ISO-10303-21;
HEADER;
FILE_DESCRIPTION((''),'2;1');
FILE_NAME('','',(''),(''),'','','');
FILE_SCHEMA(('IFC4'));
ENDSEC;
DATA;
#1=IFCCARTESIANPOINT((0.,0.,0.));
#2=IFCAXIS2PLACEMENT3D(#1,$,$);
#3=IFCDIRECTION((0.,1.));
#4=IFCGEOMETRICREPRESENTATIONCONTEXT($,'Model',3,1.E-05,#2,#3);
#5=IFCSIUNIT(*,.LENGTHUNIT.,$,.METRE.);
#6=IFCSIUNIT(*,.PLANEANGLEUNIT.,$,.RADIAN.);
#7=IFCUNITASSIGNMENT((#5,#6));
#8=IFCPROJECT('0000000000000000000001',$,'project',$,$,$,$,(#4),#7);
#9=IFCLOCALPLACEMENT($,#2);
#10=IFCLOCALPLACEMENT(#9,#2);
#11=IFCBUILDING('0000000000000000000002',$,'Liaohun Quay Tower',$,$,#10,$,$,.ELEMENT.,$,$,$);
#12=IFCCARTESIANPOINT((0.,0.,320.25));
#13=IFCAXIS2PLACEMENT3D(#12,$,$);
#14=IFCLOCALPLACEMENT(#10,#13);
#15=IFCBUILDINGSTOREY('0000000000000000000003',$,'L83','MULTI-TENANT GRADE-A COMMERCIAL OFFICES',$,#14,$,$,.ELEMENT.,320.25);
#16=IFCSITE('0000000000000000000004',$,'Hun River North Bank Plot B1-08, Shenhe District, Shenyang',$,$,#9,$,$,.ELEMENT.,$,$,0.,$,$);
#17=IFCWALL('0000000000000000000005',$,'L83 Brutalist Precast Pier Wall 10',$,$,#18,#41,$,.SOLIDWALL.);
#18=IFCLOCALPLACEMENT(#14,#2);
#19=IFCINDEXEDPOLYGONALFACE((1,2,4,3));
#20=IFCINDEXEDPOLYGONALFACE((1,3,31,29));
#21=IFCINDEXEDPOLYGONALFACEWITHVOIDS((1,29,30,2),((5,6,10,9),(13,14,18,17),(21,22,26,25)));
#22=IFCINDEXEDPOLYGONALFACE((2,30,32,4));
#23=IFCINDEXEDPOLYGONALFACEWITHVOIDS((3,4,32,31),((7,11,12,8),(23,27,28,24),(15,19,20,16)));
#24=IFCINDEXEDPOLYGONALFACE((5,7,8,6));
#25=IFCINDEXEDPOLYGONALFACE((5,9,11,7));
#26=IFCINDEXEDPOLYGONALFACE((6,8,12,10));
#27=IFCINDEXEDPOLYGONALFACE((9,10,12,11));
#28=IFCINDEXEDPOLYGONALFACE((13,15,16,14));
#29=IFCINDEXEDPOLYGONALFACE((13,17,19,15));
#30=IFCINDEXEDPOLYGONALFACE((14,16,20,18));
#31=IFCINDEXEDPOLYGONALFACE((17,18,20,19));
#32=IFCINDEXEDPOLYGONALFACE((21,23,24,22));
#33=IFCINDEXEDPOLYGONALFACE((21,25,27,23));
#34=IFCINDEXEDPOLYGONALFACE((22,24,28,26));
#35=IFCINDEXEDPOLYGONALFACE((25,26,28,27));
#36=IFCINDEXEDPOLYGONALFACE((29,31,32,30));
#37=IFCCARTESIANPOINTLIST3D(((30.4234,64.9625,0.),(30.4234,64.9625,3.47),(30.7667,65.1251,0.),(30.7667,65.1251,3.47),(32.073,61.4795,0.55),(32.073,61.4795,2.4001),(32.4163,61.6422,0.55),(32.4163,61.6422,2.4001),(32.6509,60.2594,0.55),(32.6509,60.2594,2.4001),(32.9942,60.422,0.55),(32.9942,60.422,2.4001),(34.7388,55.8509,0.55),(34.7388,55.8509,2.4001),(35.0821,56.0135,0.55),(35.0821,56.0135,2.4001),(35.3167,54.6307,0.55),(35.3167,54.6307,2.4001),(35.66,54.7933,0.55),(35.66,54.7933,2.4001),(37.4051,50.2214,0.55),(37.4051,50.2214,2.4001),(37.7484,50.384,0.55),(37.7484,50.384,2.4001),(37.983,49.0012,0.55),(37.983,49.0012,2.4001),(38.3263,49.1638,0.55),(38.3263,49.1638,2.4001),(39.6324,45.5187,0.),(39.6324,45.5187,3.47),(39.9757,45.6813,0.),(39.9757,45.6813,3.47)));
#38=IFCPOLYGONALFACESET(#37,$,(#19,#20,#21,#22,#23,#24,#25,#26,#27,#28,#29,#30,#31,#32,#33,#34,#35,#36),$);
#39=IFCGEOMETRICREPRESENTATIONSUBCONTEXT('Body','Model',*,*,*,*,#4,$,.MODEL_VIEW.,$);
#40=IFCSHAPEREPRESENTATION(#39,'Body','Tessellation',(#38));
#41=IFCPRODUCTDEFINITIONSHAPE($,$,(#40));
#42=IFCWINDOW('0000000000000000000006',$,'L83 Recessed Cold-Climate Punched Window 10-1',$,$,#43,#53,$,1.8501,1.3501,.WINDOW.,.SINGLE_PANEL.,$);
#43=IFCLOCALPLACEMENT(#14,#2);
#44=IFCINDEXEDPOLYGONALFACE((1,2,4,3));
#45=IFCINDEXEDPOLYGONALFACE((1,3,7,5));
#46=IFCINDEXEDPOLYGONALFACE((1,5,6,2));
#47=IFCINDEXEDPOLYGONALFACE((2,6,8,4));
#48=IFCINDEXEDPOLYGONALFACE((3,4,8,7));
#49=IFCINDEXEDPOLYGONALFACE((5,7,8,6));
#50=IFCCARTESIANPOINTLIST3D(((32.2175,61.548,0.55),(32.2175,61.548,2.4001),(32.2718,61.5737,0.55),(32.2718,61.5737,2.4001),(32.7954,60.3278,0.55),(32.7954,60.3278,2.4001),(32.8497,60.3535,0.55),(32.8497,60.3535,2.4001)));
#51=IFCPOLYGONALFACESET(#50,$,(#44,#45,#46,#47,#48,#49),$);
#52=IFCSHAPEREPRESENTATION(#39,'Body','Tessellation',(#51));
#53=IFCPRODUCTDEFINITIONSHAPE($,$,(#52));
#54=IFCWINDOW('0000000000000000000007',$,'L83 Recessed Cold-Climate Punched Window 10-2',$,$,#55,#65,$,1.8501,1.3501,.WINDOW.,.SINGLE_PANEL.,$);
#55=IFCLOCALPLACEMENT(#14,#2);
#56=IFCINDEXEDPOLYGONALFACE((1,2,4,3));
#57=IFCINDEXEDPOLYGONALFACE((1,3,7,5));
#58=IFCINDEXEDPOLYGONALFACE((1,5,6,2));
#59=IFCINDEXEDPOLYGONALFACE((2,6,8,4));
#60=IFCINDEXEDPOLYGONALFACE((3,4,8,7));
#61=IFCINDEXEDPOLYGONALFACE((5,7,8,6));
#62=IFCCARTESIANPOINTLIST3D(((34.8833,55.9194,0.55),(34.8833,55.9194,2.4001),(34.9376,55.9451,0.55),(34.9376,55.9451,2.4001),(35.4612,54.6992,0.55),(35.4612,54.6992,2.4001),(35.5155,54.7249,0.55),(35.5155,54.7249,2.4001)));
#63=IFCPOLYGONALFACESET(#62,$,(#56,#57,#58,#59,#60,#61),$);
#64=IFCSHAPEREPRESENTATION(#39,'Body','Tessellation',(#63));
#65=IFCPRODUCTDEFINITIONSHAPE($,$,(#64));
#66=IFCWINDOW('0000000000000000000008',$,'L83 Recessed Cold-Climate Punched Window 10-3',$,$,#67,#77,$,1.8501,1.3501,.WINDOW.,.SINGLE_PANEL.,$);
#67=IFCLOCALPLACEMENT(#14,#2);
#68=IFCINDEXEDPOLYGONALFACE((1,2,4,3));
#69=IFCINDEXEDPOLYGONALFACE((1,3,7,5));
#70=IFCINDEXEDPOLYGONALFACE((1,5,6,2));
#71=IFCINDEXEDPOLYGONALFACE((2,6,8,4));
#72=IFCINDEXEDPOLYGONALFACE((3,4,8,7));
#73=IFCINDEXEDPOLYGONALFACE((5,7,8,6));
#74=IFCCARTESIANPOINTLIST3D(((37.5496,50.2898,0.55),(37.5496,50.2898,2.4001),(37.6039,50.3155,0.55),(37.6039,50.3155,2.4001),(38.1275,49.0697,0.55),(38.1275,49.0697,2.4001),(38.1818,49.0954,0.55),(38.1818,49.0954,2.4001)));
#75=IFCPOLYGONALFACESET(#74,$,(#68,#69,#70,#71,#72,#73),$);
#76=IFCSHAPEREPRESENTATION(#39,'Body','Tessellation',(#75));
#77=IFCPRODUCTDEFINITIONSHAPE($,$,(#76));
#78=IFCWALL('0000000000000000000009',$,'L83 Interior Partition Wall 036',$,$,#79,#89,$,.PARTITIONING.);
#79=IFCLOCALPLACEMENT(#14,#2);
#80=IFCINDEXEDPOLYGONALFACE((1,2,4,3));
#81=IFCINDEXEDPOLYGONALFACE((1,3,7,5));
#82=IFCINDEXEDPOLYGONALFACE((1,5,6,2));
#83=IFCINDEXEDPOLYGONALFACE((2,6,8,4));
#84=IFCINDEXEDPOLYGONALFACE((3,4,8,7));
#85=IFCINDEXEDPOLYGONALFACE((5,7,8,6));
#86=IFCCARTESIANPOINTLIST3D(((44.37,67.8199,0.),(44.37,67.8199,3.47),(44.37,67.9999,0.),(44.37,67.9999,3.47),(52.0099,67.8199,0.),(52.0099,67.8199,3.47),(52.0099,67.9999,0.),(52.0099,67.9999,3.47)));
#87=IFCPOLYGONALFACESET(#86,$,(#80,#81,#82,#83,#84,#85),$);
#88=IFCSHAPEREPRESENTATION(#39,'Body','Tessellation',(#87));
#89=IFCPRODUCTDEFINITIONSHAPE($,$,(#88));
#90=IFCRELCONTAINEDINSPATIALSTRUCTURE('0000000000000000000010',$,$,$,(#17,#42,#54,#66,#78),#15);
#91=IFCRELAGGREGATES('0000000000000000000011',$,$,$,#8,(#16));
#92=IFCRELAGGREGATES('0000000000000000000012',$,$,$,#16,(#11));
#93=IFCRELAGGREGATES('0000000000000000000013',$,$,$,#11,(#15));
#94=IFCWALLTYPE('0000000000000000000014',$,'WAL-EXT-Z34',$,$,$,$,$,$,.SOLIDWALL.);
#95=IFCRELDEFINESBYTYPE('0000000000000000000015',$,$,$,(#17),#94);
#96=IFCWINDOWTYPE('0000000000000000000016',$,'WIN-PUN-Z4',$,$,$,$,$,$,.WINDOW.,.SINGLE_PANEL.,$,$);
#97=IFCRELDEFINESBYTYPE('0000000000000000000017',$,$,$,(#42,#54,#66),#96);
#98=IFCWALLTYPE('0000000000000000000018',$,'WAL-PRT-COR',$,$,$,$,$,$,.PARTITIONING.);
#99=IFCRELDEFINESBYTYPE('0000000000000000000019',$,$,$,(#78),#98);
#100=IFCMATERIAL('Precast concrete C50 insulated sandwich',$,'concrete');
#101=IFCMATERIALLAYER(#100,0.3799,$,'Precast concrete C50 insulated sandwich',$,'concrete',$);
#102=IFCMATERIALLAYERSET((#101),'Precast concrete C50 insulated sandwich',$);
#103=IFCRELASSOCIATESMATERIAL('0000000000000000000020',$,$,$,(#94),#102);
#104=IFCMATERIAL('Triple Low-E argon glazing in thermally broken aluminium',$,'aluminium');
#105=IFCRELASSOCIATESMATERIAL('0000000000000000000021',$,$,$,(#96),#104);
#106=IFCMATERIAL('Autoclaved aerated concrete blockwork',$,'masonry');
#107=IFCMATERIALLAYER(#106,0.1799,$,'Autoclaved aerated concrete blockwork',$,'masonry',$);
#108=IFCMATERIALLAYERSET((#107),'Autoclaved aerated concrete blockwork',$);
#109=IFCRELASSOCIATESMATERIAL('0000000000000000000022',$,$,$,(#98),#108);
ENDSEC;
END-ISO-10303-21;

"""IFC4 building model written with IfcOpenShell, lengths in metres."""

from ifc_helpers import new_model, si_unit, direction, frame, frame_2d, origin, place, context, subcontext, project, spatial, rectangle, extrude, source, transform, mapped, material, layer, layer_set, type_object, element, fill, save


model = new_model("IFC4")

# Units and contexts
model_context = context("Model", 3, precision=1e-05, world=origin(), true_north=direction((0.0, 1.0)))
body_context = subcontext(model_context, "Body", "Model", "MODEL_VIEW")
ifc_project = project(units=[si_unit("LENGTHUNIT", "METRE"), si_unit("PLANEANGLEUNIT", "RADIAN")], contexts=[model_context])

# Site, building, storey
site_placement = place(None, origin())
site = spatial("IfcSite", under=ifc_project, at=site_placement, Name="Hun River North Bank Plot B1-08, Shenhe District, Shenyang", CompositionType="ELEMENT", RefElevation=0.0)
building_placement = place(site_placement, origin())
building = spatial("IfcBuilding", under=site, at=building_placement, Name="Liaohun Quay Tower", CompositionType="ELEMENT")
storey_placement = place(building_placement, frame((0.0, 0.0, 320.25)))
storey = spatial("IfcBuildingStorey", under=building, at=storey_placement, Name="L83", Description="MULTI-TENANT GRADE-A COMMERCIAL OFFICES", CompositionType="ELEMENT", Elevation=320.25)

# Shared definitions
ifc_material_1 = material(Name="Precast concrete C50 insulated sandwich", Category="concrete")
ifc_layer_1 = layer(ifc_material_1, 0.3799, Name="Precast concrete C50 insulated sandwich", Category="concrete")
ifc_layer_set_1 = layer_set([ifc_layer_1], Name="Precast concrete C50 insulated sandwich")
wall_type_1 = type_object("IfcWallType", Name="WAL-EXT-Z34", PredefinedType="SOLIDWALL", material=ifc_layer_set_1)

# Wall, openings, windows
wall_1_placement = place(storey_placement, frame((30.595, 65.0439, 0.0), z_axis=(0.0, 0.0, 1.0), x_axis=(0.428039, -0.90376, 0.0)))
wall_1 = element("IfcWall", 1, at=wall_1_placement, inside=storey, type_object=wall_type_1, Name="L83 Brutalist Precast Pier Wall 10", PredefinedType="SOLIDWALL", context=body_context, shape_type="SweptSolid", body=[
    extrude(rectangle(XDim=21.5144, YDim=0.3799, at=frame_2d((10.7573, 0.0))), origin(), (0.0, 0.0, 1.0), 3.47),
])
shared_shape_1 = source(origin(), body_context, "Body", "SweptSolid", [
    extrude(rectangle(XDim=1.3501, YDim=1.8501, at=frame_2d((0.675, 0.925))), frame((0.0, 0.2, 0.0), z_axis=(0.0, -1.0, 0.0), x_axis=(1.0, 0.0, 0.0)), (0.0, 0.0, 1.0), 0.3999),
])
opening_1_placement = place(wall_1_placement, frame((3.854, 0.0, 0.55)))
opening_1 = element("IfcOpeningElement", 2, at=opening_1_placement, cuts=wall_1, PredefinedType="OPENING", context=body_context, shape_type="MappedRepresentation", body=[
    mapped(shared_shape_1, transform((0.0, 0.0, 0.0), x_axis=(1.0, 0.0, 0.0), y_axis=(0.0, 1.0, 0.0), z_axis=(0.0, 0.0, 1.0), scale=1.0)),
])
opening_2_placement = place(wall_1_placement, frame((10.082, 0.0, 0.55)))
opening_2 = element("IfcOpeningElement", 3, at=opening_2_placement, cuts=wall_1, PredefinedType="OPENING", context=body_context, shape_type="MappedRepresentation", body=[
    mapped(shared_shape_1, transform((0.0, 0.0, 0.0), x_axis=(1.0, 0.0, 0.0), y_axis=(0.0, 1.0, 0.0), z_axis=(0.0, 0.0, 1.0), scale=1.0)),
])
opening_3_placement = place(wall_1_placement, frame((16.311, 0.0, 0.55)))
opening_3 = element("IfcOpeningElement", 4, at=opening_3_placement, cuts=wall_1, PredefinedType="OPENING", context=body_context, shape_type="MappedRepresentation", body=[
    mapped(shared_shape_1, transform((0.0, 0.0, 0.0), x_axis=(1.0, 0.0, 0.0), y_axis=(0.0, 1.0, 0.0), z_axis=(0.0, 0.0, 1.0), scale=1.0)),
])
ifc_material_2 = material(Name="Triple Low-E argon glazing in thermally broken aluminium", Category="aluminium")
window_type_1 = type_object("IfcWindowType", Name="WIN-PUN-Z4", PartitioningType="SINGLE_PANEL", PredefinedType="WINDOW", material=ifc_material_2)
shared_shape_2 = source(origin(), body_context, "Body", "SweptSolid", [
    extrude(rectangle(XDim=1.3501, YDim=1.8501, at=frame_2d((0.675, 0.925))), frame((0.0, 0.03, 0.0), z_axis=(0.0, -1.0, 0.0), x_axis=(1.0, 0.0, 0.0)), (0.0, 0.0, 1.0), 0.0601),
])
window_1_placement = place(opening_1_placement, origin())
window_1 = element("IfcWindow", 5, at=window_1_placement, inside=storey, type_object=window_type_1, Name="L83 Recessed Cold-Climate Punched Window 10-1", OverallHeight=1.8501, OverallWidth=1.3501, PartitioningType="SINGLE_PANEL", PredefinedType="WINDOW", context=body_context, shape_type="MappedRepresentation", body=[
    mapped(shared_shape_2, transform((0.0, 0.0, 0.0), x_axis=(1.0, 0.0, 0.0), y_axis=(0.0, 1.0, 0.0), z_axis=(0.0, 0.0, 1.0), scale=1.0)),
])
fill(opening_1, window_1)
window_2_placement = place(opening_2_placement, origin())
window_2 = element("IfcWindow", 6, at=window_2_placement, inside=storey, type_object=window_type_1, Name="L83 Recessed Cold-Climate Punched Window 10-2", OverallHeight=1.8501, OverallWidth=1.3501, PartitioningType="SINGLE_PANEL", PredefinedType="WINDOW", context=body_context, shape_type="MappedRepresentation", body=[
    mapped(shared_shape_2, transform((0.0, 0.0, 0.0), x_axis=(1.0, 0.0, 0.0), y_axis=(0.0, 1.0, 0.0), z_axis=(0.0, 0.0, 1.0), scale=1.0)),
])
fill(opening_2, window_2)
window_3_placement = place(opening_3_placement, origin())
window_3 = element("IfcWindow", 7, at=window_3_placement, inside=storey, type_object=window_type_1, Name="L83 Recessed Cold-Climate Punched Window 10-3", OverallHeight=1.8501, OverallWidth=1.3501, PartitioningType="SINGLE_PANEL", PredefinedType="WINDOW", context=body_context, shape_type="MappedRepresentation", body=[
    mapped(shared_shape_2, transform((0.0, 0.0, 0.0), x_axis=(1.0, 0.0, 0.0), y_axis=(0.0, 1.0, 0.0), z_axis=(0.0, 0.0, 1.0), scale=1.0)),
])
fill(opening_3, window_3)

# Wall
ifc_material_3 = material(Name="Autoclaved aerated concrete blockwork", Category="masonry")
ifc_layer_2 = layer(ifc_material_3, 0.1799, Name="Autoclaved aerated concrete blockwork", Category="masonry")
ifc_layer_set_2 = layer_set([ifc_layer_2], Name="Autoclaved aerated concrete blockwork")
wall_type_2 = type_object("IfcWallType", Name="WAL-PRT-COR", PredefinedType="PARTITIONING", material=ifc_layer_set_2)
wall_2_placement = place(storey_placement, frame((44.3701, 67.9099, 0.0), z_axis=(0.0, 0.0, 1.0), x_axis=(1.0, 0.0, 0.0)))
element("IfcWall", 8, at=wall_2_placement, inside=storey, type_object=wall_type_2, Name="L83 Interior Partition Wall 036", PredefinedType="PARTITIONING", context=body_context, shape_type="SweptSolid", body=[
    extrude(rectangle(XDim=7.6399, YDim=0.1799, at=frame_2d((3.8198, 0.0))), origin(), (0.0, 0.0, 1.0), 3.47),
])

save(model, "model.ifc")
